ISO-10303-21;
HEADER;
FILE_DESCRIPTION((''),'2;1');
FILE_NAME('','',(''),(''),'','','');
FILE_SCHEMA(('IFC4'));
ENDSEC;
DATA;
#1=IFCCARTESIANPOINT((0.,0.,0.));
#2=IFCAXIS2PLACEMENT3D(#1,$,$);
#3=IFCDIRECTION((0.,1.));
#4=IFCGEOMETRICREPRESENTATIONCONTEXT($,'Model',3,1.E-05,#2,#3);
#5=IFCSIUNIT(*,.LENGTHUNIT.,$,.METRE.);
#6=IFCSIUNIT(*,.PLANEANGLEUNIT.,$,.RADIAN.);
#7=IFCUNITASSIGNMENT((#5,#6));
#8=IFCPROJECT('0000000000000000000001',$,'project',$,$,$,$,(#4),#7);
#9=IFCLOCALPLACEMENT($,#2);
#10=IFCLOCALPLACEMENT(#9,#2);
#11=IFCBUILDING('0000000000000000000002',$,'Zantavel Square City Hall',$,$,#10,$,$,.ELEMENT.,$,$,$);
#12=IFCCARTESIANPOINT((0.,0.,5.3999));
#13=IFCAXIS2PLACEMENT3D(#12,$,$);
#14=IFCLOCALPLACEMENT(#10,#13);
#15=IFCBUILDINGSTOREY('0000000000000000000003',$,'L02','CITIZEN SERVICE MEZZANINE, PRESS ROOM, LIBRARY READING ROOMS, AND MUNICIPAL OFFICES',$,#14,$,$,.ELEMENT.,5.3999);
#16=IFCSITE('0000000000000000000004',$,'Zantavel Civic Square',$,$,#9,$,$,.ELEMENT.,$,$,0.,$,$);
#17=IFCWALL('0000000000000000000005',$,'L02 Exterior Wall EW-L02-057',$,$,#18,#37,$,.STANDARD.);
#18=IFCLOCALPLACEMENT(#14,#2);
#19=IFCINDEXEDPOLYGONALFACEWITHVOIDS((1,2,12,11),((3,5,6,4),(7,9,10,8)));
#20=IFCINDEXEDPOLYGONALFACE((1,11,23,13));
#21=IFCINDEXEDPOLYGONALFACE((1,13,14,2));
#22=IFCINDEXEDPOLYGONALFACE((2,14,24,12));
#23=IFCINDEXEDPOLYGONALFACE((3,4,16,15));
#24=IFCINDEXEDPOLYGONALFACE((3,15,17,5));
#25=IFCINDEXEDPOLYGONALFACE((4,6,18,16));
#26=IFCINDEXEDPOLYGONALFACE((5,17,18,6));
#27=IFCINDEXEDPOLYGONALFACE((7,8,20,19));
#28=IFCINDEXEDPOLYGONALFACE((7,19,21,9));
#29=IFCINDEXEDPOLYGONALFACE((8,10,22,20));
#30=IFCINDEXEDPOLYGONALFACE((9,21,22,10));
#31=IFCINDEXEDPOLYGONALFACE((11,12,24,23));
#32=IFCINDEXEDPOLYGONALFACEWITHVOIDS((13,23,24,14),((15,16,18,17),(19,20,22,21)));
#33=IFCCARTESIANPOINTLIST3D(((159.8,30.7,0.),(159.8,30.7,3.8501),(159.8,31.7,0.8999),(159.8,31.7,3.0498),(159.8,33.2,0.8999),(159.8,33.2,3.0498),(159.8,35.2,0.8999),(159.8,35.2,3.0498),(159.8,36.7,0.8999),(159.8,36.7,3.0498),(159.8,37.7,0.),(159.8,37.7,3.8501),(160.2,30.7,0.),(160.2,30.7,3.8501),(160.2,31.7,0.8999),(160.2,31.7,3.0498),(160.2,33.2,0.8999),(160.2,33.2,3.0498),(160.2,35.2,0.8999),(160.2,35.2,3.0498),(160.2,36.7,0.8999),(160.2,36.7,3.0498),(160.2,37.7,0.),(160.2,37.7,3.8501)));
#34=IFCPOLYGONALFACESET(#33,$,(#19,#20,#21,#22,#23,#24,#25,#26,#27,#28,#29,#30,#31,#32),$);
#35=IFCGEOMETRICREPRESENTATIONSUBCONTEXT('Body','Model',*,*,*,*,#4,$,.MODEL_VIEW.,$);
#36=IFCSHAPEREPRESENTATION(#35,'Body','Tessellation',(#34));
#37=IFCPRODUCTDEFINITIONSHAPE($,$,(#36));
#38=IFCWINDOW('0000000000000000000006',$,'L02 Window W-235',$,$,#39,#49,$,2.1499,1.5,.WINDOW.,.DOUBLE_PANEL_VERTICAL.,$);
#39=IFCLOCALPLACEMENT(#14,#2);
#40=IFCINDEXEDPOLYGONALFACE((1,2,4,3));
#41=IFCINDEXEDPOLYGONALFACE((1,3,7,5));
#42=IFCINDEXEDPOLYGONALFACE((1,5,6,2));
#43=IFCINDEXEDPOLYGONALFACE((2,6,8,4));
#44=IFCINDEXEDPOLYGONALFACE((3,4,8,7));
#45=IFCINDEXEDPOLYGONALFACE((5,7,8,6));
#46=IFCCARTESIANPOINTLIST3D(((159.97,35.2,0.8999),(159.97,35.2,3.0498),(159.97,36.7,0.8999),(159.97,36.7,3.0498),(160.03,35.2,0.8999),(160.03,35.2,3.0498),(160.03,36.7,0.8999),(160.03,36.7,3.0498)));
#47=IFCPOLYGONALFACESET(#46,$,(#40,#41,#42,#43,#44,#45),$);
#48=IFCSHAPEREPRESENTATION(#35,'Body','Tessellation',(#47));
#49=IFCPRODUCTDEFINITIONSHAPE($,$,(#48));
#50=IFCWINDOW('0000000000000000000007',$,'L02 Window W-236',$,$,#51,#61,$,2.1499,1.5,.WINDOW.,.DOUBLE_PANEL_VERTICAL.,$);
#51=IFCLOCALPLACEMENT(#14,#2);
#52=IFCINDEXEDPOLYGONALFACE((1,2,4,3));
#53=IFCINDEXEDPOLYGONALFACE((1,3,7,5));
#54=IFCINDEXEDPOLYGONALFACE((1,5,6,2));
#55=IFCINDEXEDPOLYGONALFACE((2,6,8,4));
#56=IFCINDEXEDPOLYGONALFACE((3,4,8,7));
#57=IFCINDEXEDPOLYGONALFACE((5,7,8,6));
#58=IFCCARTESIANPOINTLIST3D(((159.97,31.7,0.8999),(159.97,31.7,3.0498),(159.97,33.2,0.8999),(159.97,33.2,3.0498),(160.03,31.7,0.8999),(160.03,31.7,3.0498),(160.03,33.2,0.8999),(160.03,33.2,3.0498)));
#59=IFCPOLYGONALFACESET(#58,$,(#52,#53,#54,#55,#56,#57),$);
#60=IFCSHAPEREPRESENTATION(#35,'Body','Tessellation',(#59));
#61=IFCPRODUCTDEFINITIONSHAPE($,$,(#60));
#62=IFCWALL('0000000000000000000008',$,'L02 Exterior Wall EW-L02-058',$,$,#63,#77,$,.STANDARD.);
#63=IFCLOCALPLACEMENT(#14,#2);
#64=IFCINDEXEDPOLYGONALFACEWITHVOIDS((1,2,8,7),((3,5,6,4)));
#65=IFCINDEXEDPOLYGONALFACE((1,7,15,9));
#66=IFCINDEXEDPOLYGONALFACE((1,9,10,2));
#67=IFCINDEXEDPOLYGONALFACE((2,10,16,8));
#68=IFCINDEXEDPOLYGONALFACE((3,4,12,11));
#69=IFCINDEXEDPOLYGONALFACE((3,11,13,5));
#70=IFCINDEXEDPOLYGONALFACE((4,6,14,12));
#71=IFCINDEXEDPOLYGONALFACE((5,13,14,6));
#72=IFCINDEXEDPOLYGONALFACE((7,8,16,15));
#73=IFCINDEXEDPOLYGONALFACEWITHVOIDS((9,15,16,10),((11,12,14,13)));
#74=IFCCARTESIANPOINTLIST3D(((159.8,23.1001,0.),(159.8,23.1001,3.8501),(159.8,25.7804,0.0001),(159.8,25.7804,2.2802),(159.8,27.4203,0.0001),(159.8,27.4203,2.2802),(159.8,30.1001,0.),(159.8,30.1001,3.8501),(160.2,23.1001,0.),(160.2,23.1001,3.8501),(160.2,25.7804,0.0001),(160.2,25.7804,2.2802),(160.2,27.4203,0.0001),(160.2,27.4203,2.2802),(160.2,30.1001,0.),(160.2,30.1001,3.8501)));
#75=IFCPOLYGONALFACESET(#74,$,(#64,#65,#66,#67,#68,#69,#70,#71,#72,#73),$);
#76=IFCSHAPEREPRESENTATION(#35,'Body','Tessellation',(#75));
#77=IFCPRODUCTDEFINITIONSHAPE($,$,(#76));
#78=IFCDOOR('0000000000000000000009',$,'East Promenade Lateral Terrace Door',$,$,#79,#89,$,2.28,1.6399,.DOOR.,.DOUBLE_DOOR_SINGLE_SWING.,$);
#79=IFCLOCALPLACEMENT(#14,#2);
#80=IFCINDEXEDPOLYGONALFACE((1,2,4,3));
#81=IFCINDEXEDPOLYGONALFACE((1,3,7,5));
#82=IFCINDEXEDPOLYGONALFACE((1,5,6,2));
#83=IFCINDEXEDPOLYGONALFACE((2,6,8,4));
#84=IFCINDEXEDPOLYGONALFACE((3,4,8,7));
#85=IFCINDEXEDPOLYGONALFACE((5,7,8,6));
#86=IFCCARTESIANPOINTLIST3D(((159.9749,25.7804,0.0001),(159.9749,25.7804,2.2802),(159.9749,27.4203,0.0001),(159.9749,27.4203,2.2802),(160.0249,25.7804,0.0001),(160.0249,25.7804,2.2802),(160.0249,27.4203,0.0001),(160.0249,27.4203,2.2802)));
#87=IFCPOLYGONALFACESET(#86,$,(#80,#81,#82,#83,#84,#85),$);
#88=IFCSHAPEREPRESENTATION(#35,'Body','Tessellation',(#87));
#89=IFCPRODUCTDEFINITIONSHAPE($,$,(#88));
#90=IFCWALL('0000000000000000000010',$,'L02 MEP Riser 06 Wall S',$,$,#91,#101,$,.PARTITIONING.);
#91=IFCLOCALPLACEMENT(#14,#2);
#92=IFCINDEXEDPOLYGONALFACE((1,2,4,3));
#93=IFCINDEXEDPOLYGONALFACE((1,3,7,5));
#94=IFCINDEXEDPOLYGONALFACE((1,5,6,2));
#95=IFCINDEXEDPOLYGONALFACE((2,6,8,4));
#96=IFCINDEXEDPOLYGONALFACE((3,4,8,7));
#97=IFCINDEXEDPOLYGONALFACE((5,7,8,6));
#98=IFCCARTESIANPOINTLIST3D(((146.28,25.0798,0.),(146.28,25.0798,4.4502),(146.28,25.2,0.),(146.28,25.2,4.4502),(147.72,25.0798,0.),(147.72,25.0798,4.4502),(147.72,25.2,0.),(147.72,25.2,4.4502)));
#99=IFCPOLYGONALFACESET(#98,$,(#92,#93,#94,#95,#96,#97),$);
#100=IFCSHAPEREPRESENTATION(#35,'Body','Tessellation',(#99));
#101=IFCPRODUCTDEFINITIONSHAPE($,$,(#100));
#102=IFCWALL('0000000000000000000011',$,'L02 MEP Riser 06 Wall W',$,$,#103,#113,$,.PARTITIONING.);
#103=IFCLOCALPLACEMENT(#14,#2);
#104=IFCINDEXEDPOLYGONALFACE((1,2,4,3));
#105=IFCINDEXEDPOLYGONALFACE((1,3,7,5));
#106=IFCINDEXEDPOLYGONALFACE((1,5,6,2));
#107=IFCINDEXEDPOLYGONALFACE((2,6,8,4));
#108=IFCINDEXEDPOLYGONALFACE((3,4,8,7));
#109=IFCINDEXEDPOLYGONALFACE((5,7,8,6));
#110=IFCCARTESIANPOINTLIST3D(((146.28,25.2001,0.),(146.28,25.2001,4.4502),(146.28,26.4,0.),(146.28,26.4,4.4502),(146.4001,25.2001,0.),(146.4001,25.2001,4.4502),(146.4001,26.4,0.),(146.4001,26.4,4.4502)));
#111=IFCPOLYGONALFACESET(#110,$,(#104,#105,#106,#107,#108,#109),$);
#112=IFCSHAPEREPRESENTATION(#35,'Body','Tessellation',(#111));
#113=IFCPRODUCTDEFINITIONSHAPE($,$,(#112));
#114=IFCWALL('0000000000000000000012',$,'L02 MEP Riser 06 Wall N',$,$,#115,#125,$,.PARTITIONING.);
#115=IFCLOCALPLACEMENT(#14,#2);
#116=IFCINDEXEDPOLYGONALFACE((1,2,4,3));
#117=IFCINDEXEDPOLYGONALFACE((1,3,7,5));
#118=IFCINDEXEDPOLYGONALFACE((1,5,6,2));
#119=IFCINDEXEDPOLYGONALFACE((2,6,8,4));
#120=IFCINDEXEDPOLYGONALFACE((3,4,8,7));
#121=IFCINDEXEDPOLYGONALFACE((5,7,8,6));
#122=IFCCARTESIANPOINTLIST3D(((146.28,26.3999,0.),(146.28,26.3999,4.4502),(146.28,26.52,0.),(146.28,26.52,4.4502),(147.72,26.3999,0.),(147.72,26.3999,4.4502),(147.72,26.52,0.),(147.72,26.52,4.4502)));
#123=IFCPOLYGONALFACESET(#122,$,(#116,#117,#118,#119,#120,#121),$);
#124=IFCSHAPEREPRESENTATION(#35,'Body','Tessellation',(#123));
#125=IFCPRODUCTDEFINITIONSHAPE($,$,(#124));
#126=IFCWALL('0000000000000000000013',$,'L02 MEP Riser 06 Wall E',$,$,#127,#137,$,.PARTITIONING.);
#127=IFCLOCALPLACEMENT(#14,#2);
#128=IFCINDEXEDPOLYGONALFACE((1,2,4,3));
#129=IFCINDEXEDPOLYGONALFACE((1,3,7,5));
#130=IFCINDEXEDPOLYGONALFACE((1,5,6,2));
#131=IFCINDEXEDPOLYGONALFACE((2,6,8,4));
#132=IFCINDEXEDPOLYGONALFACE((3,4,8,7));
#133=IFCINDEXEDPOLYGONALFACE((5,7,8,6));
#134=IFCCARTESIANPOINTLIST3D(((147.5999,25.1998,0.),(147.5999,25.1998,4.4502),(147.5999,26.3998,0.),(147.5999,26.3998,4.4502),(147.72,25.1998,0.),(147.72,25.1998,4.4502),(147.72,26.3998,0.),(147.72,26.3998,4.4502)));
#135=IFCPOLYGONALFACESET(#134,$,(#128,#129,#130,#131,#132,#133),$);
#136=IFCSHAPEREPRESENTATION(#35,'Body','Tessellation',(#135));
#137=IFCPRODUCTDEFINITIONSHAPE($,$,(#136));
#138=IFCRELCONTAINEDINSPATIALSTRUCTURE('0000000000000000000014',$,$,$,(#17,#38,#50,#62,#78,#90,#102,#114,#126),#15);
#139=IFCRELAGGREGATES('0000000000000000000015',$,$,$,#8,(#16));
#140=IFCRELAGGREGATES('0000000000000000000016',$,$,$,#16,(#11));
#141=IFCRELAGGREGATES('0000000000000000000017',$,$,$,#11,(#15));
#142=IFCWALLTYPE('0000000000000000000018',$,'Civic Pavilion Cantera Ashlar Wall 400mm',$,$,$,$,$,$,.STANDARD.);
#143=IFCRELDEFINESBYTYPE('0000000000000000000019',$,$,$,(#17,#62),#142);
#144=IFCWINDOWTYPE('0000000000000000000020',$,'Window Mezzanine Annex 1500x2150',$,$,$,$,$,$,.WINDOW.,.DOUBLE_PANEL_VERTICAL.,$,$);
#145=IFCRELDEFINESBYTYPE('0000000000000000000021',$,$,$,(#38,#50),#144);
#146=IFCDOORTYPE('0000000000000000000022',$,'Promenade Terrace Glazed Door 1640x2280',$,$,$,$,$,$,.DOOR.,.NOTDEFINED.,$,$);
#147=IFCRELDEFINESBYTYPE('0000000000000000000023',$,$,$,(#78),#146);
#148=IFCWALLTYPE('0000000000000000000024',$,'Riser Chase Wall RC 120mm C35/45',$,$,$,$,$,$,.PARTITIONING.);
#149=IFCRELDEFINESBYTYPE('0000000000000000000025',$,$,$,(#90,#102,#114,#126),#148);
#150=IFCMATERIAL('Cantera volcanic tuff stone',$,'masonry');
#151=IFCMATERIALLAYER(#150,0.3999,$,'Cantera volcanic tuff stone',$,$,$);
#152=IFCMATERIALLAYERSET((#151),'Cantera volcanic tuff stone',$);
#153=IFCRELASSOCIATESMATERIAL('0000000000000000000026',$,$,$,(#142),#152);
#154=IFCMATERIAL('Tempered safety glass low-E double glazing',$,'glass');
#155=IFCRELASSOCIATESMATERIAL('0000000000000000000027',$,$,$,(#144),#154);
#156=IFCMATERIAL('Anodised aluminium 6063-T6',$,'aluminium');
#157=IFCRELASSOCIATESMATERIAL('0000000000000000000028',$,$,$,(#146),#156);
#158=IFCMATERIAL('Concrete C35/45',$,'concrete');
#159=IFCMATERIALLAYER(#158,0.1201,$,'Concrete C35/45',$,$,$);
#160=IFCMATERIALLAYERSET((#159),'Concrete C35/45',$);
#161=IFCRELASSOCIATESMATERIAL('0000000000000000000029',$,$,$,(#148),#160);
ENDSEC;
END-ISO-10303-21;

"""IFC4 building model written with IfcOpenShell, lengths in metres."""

from ifc_helpers import new_model, si_unit, direction, frame, frame_2d, origin, place, context, subcontext, project, spatial, rectangle, extrude, material, layer, layer_set, type_object, element, fill, save


model = new_model("IFC4")

# Units and contexts
model_context = context("Model", 3, precision=1e-05, world=origin(), true_north=direction((0.0, 1.0)))
body_context = subcontext(model_context, "Body", "Model", "MODEL_VIEW")
ifc_project = project(units=[si_unit("LENGTHUNIT", "METRE"), si_unit("PLANEANGLEUNIT", "RADIAN")], contexts=[model_context])

# Site, building, storey
site_placement = place(None, origin())
site = spatial("IfcSite", under=ifc_project, at=site_placement, Name="Zantavel Civic Square", CompositionType="ELEMENT", RefElevation=0.0)
building_placement = place(site_placement, origin())
building = spatial("IfcBuilding", under=site, at=building_placement, Name="Zantavel Square City Hall", CompositionType="ELEMENT")
storey_placement = place(building_placement, frame((0.0, 0.0, 5.3999)))
storey = spatial("IfcBuildingStorey", under=building, at=storey_placement, Name="L02", Description="CITIZEN SERVICE MEZZANINE, PRESS ROOM, LIBRARY READING ROOMS, AND MUNICIPAL OFFICES", CompositionType="ELEMENT", Elevation=5.3999)

# Shared definitions
ifc_material_1 = material(Name="Concrete C35/45", Category="concrete")

# Wall, openings, windows
ifc_material_2 = material(Name="Cantera volcanic tuff stone", Category="masonry")
ifc_layer_1 = layer(ifc_material_2, 0.3999, Name="Cantera volcanic tuff stone")
ifc_layer_set_1 = layer_set([ifc_layer_1], Name="Cantera volcanic tuff stone")
wall_type_1 = type_object("IfcWallType", Name="Civic Pavilion Cantera Ashlar Wall 400mm", PredefinedType="STANDARD", material=ifc_layer_set_1)
wall_1_placement = place(storey_placement, frame((160.0, 37.7, 0.0), z_axis=(0.0, 0.0, 1.0), x_axis=(0.0, -1.0, 0.0)))
wall_1 = element("IfcWall", 1, at=wall_1_placement, inside=storey, type_object=wall_type_1, Name="L02 Exterior Wall EW-L02-057", PredefinedType="STANDARD", context=body_context, shape_type="SweptSolid", body=[
    extrude(rectangle(XDim=7.0, YDim=0.3999, at=frame_2d((3.5, 0.0))), origin(), (0.0, 0.0, 1.0), 3.8501),
])
opening_1_placement = place(wall_1_placement, frame((1.0, 0.0, 0.8999)))
opening_1 = element("IfcOpeningElement", 2, at=opening_1_placement, cuts=wall_1, PredefinedType="OPENING", context=body_context, shape_type="SweptSolid", body=[
    extrude(rectangle(XDim=1.5, YDim=2.1499, at=frame_2d((0.75, 1.075))), frame((0.0, 0.21, 0.0), z_axis=(0.0, -1.0, 0.0), x_axis=(1.0, 0.0, 0.0)), (0.0, 0.0, 1.0), 0.4199),
])
opening_2_placement = place(wall_1_placement, frame((4.5, 0.0, 0.8999)))
opening_2 = element("IfcOpeningElement", 3, at=opening_2_placement, cuts=wall_1, PredefinedType="OPENING", context=body_context, shape_type="SweptSolid", body=[
    extrude(rectangle(XDim=1.5, YDim=2.1499, at=frame_2d((0.75, 1.075))), frame((0.0, 0.21, 0.0), z_axis=(0.0, -1.0, 0.0), x_axis=(1.0, 0.0, 0.0)), (0.0, 0.0, 1.0), 0.4199),
])
ifc_material_3 = material(Name="Tempered safety glass low-E double glazing", Category="glass")
window_type = type_object("IfcWindowType", Name="Window Mezzanine Annex 1500x2150", PartitioningType="DOUBLE_PANEL_VERTICAL", PredefinedType="WINDOW", material=ifc_material_3)
window_1_placement = place(opening_1_placement, origin())
window_1 = element("IfcWindow", 4, at=window_1_placement, inside=storey, type_object=window_type, Name="L02 Window W-235", OverallHeight=2.1499, OverallWidth=1.5, PartitioningType="DOUBLE_PANEL_VERTICAL", PredefinedType="WINDOW", context=body_context, shape_type="SweptSolid", body=[
    extrude(rectangle(XDim=1.5, YDim=2.1499, at=frame_2d((0.75, 1.075))), frame((0.0, 0.03, 0.0), z_axis=(0.0, -1.0, 0.0), x_axis=(1.0, 0.0, 0.0)), (0.0, 0.0, 1.0), 0.0601),
])
fill(opening_1, window_1)
window_2_placement = place(opening_2_placement, origin())
window_2 = element("IfcWindow", 5, at=window_2_placement, inside=storey, type_object=window_type, Name="L02 Window W-236", OverallHeight=2.1499, OverallWidth=1.5, PartitioningType="DOUBLE_PANEL_VERTICAL", PredefinedType="WINDOW", context=body_context, shape_type="SweptSolid", body=[
    extrude(rectangle(XDim=1.5, YDim=2.1499, at=frame_2d((0.75, 1.075))), frame((0.0, 0.03, 0.0), z_axis=(0.0, -1.0, 0.0), x_axis=(1.0, 0.0, 0.0)), (0.0, 0.0, 1.0), 0.0601),
])
fill(opening_2, window_2)

# Wall, opening, door
wall_2_placement = place(storey_placement, frame((160.0, 30.1001, 0.0), z_axis=(0.0, 0.0, 1.0), x_axis=(0.0, -1.0, 0.0)))
wall_2 = element("IfcWall", 6, at=wall_2_placement, inside=storey, type_object=wall_type_1, Name="L02 Exterior Wall EW-L02-058", PredefinedType="STANDARD", context=body_context, shape_type="SweptSolid", body=[
    extrude(rectangle(XDim=7.0, YDim=0.3999, at=frame_2d((3.5, 0.0))), origin(), (0.0, 0.0, 1.0), 3.8501),
])
opening_3_placement = place(wall_2_placement, frame((2.6799, 0.0, 0.0)))
opening_3 = element("IfcOpeningElement", 7, at=opening_3_placement, cuts=wall_2, PredefinedType="OPENING", context=body_context, shape_type="SweptSolid", body=[
    extrude(rectangle(XDim=1.6399, YDim=2.28, at=frame_2d((0.8198, 1.1401))), frame((0.0, 0.21, 0.0), z_axis=(0.0, -1.0, 0.0), x_axis=(1.0, 0.0, 0.0)), (0.0, 0.0, 1.0), 0.4199),
])
ifc_material_4 = material(Name="Anodised aluminium 6063-T6", Category="aluminium")
door_type = type_object("IfcDoorType", Name="Promenade Terrace Glazed Door 1640x2280", OperationType="NOTDEFINED", PredefinedType="DOOR", material=ifc_material_4)
door_placement = place(opening_3_placement, origin())
door = element("IfcDoor", 8, at=door_placement, inside=storey, type_object=door_type, Name="East Promenade Lateral Terrace Door", OperationType="DOUBLE_DOOR_SINGLE_SWING", OverallHeight=2.28, OverallWidth=1.6399, PredefinedType="DOOR", context=body_context, shape_type="SweptSolid", body=[
    extrude(rectangle(XDim=1.6399, YDim=2.28, at=frame_2d((0.8198, 1.1401))), frame((0.0, 0.0249, 0.0), z_axis=(0.0, -1.0, 0.0), x_axis=(1.0, 0.0, 0.0)), (0.0, 0.0, 1.0), 0.05),
])
fill(opening_3, door)

# Walls
ifc_layer_2 = layer(ifc_material_1, 0.1201, Name="Concrete C35/45")
ifc_layer_set_2 = layer_set([ifc_layer_2], Name="Concrete C35/45")
wall_type_2 = type_object("IfcWallType", Name="Riser Chase Wall RC 120mm C35/45", PredefinedType="PARTITIONING", material=ifc_layer_set_2)
wall_3_placement = place(storey_placement, frame((147.72, 25.1399, 0.0), z_axis=(0.0, 0.0, 1.0), x_axis=(-1.0, 0.0, 0.0)))
element("IfcWall", 9, at=wall_3_placement, inside=storey, type_object=wall_type_2, Name="L02 MEP Riser 06 Wall S", PredefinedType="PARTITIONING", context=body_context, shape_type="SweptSolid", body=[
    extrude(rectangle(XDim=1.4399, YDim=0.1201, at=frame_2d((0.72, 0.0))), origin(), (0.0, 0.0, 1.0), 4.4502),
])
wall_4_placement = place(storey_placement, frame((146.3401, 25.2, 0.0), z_axis=(0.0, 0.0, 1.0), x_axis=(0.0, 1.0, 0.0)))
element("IfcWall", 10, at=wall_4_placement, inside=storey, type_object=wall_type_2, Name="L02 MEP Riser 06 Wall W", PredefinedType="PARTITIONING", context=body_context, shape_type="SweptSolid", body=[
    extrude(rectangle(XDim=1.2, YDim=0.1201, at=frame_2d((0.6001, 0.0))), origin(), (0.0, 0.0, 1.0), 4.4502),
])
wall_5_placement = place(storey_placement, frame((146.28, 26.46, 0.0), z_axis=(0.0, 0.0, 1.0), x_axis=(1.0, 0.0, 0.0)))
element("IfcWall", 11, at=wall_5_placement, inside=storey, type_object=wall_type_2, Name="L02 MEP Riser 06 Wall N", PredefinedType="PARTITIONING", context=body_context, shape_type="SweptSolid", body=[
    extrude(rectangle(XDim=1.4399, YDim=0.1201, at=frame_2d((0.72, 0.0))), origin(), (0.0, 0.0, 1.0), 4.4502),
])
wall_6_placement = place(storey_placement, frame((147.6599, 26.3999, 0.0), z_axis=(0.0, 0.0, 1.0), x_axis=(0.0, -1.0, 0.0)))
element("IfcWall", 12, at=wall_6_placement, inside=storey, type_object=wall_type_2, Name="L02 MEP Riser 06 Wall E", PredefinedType="PARTITIONING", context=body_context, shape_type="SweptSolid", body=[
    extrude(rectangle(XDim=1.2, YDim=0.1201, at=frame_2d((0.6001, 0.0))), origin(), (0.0, 0.0, 1.0), 4.4502),
])

save(model, "model.ifc")
